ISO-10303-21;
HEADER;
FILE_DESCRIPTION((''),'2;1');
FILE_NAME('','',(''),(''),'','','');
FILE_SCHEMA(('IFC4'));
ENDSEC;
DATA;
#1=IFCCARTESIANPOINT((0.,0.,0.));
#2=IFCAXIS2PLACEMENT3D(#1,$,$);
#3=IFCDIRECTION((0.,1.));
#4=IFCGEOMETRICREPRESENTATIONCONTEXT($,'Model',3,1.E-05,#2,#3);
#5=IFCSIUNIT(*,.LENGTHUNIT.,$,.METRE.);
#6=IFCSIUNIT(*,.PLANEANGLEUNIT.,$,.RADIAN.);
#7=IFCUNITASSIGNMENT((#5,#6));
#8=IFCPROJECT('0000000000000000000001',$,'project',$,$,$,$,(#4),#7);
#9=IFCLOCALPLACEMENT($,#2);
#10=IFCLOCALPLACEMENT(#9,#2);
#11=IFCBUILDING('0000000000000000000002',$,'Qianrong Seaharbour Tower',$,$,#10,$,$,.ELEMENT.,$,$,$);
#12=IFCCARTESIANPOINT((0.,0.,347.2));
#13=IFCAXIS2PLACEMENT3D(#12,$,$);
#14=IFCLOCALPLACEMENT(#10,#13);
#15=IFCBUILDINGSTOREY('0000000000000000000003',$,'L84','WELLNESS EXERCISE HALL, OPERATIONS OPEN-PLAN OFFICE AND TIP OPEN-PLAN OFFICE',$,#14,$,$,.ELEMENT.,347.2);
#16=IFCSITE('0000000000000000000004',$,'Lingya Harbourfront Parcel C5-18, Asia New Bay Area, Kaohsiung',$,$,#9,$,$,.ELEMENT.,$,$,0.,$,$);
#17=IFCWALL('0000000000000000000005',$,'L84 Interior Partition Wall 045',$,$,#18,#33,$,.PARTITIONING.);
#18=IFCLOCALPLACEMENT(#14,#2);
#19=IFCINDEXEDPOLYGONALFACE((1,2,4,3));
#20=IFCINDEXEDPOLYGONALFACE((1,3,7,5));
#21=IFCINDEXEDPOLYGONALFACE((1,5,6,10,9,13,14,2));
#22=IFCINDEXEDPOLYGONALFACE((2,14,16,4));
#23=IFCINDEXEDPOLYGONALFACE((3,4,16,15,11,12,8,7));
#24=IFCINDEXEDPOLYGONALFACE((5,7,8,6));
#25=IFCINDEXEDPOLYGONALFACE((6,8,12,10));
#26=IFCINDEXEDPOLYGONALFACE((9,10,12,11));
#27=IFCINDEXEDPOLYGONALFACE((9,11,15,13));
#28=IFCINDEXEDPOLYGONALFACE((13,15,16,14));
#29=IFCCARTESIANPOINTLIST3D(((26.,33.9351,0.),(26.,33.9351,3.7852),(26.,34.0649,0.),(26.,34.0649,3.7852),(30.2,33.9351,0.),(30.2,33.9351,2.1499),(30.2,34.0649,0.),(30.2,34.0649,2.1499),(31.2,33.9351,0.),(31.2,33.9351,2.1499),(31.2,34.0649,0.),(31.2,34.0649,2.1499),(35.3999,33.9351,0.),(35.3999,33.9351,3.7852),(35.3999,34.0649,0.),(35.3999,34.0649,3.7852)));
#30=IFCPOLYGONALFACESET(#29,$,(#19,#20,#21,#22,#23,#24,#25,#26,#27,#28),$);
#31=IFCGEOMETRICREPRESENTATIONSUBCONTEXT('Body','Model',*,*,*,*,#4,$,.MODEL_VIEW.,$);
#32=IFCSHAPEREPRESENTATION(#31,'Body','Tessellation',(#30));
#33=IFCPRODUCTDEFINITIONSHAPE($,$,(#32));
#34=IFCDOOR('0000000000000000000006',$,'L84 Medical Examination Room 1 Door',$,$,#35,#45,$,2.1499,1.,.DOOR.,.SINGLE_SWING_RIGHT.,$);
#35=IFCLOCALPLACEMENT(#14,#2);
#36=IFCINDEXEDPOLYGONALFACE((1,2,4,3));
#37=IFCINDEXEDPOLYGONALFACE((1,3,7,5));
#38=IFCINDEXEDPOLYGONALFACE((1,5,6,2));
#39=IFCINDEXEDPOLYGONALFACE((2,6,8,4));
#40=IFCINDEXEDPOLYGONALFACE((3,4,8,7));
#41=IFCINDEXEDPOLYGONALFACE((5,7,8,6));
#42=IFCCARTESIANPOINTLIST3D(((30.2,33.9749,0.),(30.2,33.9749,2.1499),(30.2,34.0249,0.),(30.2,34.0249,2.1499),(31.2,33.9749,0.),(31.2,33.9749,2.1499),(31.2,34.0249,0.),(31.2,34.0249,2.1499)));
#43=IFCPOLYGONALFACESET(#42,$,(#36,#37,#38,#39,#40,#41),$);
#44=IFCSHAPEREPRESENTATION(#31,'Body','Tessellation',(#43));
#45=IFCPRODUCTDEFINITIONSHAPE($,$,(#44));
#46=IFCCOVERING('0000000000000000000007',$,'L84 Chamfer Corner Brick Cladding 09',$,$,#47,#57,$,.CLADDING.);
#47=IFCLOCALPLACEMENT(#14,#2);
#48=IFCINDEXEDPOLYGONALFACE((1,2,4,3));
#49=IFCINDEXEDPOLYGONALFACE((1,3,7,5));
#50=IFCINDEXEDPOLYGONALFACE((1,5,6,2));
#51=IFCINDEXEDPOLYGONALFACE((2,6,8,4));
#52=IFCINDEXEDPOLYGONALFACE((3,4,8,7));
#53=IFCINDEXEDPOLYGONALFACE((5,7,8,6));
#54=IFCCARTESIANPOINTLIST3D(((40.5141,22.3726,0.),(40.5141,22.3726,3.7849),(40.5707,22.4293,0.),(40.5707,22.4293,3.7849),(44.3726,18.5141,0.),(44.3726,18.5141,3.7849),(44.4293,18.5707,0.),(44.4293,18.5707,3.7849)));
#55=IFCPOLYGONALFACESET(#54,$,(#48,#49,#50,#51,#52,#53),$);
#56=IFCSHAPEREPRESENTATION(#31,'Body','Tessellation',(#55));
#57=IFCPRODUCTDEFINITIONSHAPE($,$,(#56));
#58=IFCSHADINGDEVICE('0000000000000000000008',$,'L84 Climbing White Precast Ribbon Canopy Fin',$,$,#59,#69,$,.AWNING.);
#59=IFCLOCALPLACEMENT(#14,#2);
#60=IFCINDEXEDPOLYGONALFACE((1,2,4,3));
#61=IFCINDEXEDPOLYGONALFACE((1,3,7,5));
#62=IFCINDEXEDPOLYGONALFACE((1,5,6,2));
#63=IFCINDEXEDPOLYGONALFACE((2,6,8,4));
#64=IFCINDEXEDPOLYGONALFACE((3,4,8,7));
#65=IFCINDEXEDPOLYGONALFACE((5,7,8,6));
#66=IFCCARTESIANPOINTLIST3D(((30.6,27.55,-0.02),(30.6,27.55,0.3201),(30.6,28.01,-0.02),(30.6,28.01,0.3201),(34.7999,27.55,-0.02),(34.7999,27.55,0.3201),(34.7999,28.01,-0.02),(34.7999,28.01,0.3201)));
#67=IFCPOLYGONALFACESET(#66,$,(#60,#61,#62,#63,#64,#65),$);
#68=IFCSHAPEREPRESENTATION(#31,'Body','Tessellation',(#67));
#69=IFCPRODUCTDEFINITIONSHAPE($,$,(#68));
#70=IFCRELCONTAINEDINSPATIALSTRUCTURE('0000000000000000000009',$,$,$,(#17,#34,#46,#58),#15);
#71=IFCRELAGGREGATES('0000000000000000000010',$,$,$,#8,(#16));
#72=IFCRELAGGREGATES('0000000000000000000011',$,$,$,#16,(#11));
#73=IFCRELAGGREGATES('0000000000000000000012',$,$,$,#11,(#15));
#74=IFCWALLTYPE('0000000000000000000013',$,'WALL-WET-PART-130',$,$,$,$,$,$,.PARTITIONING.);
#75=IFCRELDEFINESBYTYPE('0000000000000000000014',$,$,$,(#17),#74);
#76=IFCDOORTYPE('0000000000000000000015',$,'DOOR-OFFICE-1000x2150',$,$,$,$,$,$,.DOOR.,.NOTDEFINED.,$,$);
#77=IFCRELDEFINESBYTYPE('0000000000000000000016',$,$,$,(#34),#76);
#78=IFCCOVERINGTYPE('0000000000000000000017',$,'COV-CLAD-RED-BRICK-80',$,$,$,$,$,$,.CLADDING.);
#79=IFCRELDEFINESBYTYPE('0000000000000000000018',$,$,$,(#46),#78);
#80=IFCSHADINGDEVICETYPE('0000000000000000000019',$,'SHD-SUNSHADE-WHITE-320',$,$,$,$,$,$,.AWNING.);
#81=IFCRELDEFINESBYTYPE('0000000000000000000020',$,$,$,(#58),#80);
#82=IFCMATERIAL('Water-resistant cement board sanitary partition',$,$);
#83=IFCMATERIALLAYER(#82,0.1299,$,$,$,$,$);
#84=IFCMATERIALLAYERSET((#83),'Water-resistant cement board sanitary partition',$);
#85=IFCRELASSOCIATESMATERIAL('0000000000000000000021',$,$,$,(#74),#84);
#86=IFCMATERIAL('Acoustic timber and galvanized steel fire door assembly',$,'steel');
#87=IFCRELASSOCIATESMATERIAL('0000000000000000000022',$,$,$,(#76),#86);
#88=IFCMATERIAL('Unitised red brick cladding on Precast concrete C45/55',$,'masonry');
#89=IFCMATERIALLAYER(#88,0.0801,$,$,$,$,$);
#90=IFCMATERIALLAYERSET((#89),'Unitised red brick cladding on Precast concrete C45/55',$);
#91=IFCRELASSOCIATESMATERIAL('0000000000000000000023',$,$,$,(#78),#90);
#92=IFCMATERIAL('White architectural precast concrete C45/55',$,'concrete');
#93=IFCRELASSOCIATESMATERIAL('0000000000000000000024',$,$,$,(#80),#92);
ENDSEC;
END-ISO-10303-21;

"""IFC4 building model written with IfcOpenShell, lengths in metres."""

from ifc_helpers import new_model, si_unit, direction, frame, frame_2d, origin, origin_2d, place, context, subcontext, project, spatial, rectangle, extrude, material, layer, layer_set, type_object, element, fill, save


model = new_model("IFC4")

# Units and contexts
model_context = context("Model", 3, precision=1e-05, world=origin(), true_north=direction((0.0, 1.0)))
body_context = subcontext(model_context, "Body", "Model", "MODEL_VIEW")
ifc_project = project(units=[si_unit("LENGTHUNIT", "METRE"), si_unit("PLANEANGLEUNIT", "RADIAN")], contexts=[model_context])

# Site, building, storey
site_placement = place(None, origin())
site = spatial("IfcSite", under=ifc_project, at=site_placement, Name="Lingya Harbourfront Parcel C5-18, Asia New Bay Area, Kaohsiung", CompositionType="ELEMENT", RefElevation=0.0)
building_placement = place(site_placement, origin())
building = spatial("IfcBuilding", under=site, at=building_placement, Name="Qianrong Seaharbour Tower", CompositionType="ELEMENT")
storey_placement = place(building_placement, frame((0.0, 0.0, 347.2)))
storey = spatial("IfcBuildingStorey", under=building, at=storey_placement, Name="L84", Description="WELLNESS EXERCISE HALL, OPERATIONS OPEN-PLAN OFFICE AND TIP OPEN-PLAN OFFICE", CompositionType="ELEMENT", Elevation=347.2)

# Wall, opening, door
ifc_material_1 = material(Name="Water-resistant cement board sanitary partition")
ifc_layer_1 = layer(ifc_material_1, 0.1299)
ifc_layer_set_1 = layer_set([ifc_layer_1], Name="Water-resistant cement board sanitary partition")
wall_type_1 = type_object("IfcWallType", Name="WALL-WET-PART-130", PredefinedType="PARTITIONING", material=ifc_layer_set_1)
ifc_material_2 = material(Name="Acoustic timber and galvanized steel fire door assembly", Category="steel")
door_type = type_object("IfcDoorType", Name="DOOR-OFFICE-1000x2150", OperationType="NOTDEFINED", PredefinedType="DOOR", material=ifc_material_2)
wall_1_placement = place(storey_placement, frame((26.0, 34.0, 0.0), z_axis=(0.0, 0.0, 1.0), x_axis=(1.0, 0.0, 0.0)))
wall_1 = element("IfcWall", 1, at=wall_1_placement, inside=storey, type_object=wall_type_1, Name="L84 Interior Partition Wall 045", PredefinedType="PARTITIONING", context=body_context, shape_type="SweptSolid", body=[
    extrude(rectangle(XDim=9.3999, YDim=0.1299, at=frame_2d((4.7, 0.0))), origin(), (0.0, 0.0, 1.0), 3.7852),
])
opening_1_placement = place(wall_1_placement, frame((4.2, 0.0, 0.0)))
opening_1 = element("IfcOpeningElement", 2, at=opening_1_placement, cuts=wall_1, PredefinedType="OPENING", context=body_context, shape_type="SweptSolid", body=[
    extrude(rectangle(XDim=1.0, YDim=2.1499, at=frame_2d((0.5, 1.075))), frame((0.0, 0.075, 0.0), z_axis=(0.0, -1.0, 0.0), x_axis=(1.0, 0.0, 0.0)), (0.0, 0.0, 1.0), 0.1499),
])
door_1_placement = place(opening_1_placement, origin())
door_1 = element("IfcDoor", 3, at=door_1_placement, inside=storey, type_object=door_type, Name="L84 Medical Examination Room 1 Door", OperationType="SINGLE_SWING_RIGHT", OverallHeight=2.1499, OverallWidth=1.0, PredefinedType="DOOR", context=body_context, shape_type="SweptSolid", body=[
    extrude(rectangle(XDim=1.0, YDim=2.1499, at=frame_2d((0.5, 1.075))), frame((0.0, 0.0249, 0.0), z_axis=(0.0, -1.0, 0.0), x_axis=(1.0, 0.0, 0.0)), (0.0, 0.0, 1.0), 0.05),
])
fill(opening_1, door_1)

# Covering
ifc_material_3 = material(Name="Unitised red brick cladding on Precast concrete C45/55", Category="masonry")
ifc_layer_2 = layer(ifc_material_3, 0.0801)
ifc_layer_set_2 = layer_set([ifc_layer_2], Name="Unitised red brick cladding on Precast concrete C45/55")
covering_type = type_object("IfcCoveringType", Name="COV-CLAD-RED-BRICK-80", PredefinedType="CLADDING", material=ifc_layer_set_2)
covering_placement = place(storey_placement, frame((42.4717, 20.4717, 0.0), z_axis=(0.0, 0.0, 1.0), x_axis=(-0.707107, 0.707107, 0.0)))
element("IfcCovering", 4, at=covering_placement, inside=storey, type_object=covering_type, Name="L84 Chamfer Corner Brick Cladding 09", PredefinedType="CLADDING", context=body_context, shape_type="SweptSolid", body=[
    extrude(rectangle(XDim=5.4568, YDim=0.0801, at=origin_2d()), origin(), (0.0, 0.0, 1.0), 3.7849),
])

# Shading device
ifc_material_4 = material(Name="White architectural precast concrete C45/55", Category="concrete")
shading_device_type = type_object("IfcShadingDeviceType", Name="SHD-SUNSHADE-WHITE-320", PredefinedType="AWNING", material=ifc_material_4)
shading_device_placement = place(storey_placement, frame((32.7, 27.78, -0.02), z_axis=(0.0, 0.0, 1.0), x_axis=(1.0, 0.0, 0.0)))
element("IfcShadingDevice", 5, at=shading_device_placement, inside=storey, type_object=shading_device_type, Name="L84 Climbing White Precast Ribbon Canopy Fin", PredefinedType="AWNING", context=body_context, shape_type="SweptSolid", body=[
    extrude(rectangle(XDim=4.2, YDim=0.46, at=origin_2d()), origin(), (0.0, 0.0, 1.0), 0.3401),
])

save(model, "model.ifc")
